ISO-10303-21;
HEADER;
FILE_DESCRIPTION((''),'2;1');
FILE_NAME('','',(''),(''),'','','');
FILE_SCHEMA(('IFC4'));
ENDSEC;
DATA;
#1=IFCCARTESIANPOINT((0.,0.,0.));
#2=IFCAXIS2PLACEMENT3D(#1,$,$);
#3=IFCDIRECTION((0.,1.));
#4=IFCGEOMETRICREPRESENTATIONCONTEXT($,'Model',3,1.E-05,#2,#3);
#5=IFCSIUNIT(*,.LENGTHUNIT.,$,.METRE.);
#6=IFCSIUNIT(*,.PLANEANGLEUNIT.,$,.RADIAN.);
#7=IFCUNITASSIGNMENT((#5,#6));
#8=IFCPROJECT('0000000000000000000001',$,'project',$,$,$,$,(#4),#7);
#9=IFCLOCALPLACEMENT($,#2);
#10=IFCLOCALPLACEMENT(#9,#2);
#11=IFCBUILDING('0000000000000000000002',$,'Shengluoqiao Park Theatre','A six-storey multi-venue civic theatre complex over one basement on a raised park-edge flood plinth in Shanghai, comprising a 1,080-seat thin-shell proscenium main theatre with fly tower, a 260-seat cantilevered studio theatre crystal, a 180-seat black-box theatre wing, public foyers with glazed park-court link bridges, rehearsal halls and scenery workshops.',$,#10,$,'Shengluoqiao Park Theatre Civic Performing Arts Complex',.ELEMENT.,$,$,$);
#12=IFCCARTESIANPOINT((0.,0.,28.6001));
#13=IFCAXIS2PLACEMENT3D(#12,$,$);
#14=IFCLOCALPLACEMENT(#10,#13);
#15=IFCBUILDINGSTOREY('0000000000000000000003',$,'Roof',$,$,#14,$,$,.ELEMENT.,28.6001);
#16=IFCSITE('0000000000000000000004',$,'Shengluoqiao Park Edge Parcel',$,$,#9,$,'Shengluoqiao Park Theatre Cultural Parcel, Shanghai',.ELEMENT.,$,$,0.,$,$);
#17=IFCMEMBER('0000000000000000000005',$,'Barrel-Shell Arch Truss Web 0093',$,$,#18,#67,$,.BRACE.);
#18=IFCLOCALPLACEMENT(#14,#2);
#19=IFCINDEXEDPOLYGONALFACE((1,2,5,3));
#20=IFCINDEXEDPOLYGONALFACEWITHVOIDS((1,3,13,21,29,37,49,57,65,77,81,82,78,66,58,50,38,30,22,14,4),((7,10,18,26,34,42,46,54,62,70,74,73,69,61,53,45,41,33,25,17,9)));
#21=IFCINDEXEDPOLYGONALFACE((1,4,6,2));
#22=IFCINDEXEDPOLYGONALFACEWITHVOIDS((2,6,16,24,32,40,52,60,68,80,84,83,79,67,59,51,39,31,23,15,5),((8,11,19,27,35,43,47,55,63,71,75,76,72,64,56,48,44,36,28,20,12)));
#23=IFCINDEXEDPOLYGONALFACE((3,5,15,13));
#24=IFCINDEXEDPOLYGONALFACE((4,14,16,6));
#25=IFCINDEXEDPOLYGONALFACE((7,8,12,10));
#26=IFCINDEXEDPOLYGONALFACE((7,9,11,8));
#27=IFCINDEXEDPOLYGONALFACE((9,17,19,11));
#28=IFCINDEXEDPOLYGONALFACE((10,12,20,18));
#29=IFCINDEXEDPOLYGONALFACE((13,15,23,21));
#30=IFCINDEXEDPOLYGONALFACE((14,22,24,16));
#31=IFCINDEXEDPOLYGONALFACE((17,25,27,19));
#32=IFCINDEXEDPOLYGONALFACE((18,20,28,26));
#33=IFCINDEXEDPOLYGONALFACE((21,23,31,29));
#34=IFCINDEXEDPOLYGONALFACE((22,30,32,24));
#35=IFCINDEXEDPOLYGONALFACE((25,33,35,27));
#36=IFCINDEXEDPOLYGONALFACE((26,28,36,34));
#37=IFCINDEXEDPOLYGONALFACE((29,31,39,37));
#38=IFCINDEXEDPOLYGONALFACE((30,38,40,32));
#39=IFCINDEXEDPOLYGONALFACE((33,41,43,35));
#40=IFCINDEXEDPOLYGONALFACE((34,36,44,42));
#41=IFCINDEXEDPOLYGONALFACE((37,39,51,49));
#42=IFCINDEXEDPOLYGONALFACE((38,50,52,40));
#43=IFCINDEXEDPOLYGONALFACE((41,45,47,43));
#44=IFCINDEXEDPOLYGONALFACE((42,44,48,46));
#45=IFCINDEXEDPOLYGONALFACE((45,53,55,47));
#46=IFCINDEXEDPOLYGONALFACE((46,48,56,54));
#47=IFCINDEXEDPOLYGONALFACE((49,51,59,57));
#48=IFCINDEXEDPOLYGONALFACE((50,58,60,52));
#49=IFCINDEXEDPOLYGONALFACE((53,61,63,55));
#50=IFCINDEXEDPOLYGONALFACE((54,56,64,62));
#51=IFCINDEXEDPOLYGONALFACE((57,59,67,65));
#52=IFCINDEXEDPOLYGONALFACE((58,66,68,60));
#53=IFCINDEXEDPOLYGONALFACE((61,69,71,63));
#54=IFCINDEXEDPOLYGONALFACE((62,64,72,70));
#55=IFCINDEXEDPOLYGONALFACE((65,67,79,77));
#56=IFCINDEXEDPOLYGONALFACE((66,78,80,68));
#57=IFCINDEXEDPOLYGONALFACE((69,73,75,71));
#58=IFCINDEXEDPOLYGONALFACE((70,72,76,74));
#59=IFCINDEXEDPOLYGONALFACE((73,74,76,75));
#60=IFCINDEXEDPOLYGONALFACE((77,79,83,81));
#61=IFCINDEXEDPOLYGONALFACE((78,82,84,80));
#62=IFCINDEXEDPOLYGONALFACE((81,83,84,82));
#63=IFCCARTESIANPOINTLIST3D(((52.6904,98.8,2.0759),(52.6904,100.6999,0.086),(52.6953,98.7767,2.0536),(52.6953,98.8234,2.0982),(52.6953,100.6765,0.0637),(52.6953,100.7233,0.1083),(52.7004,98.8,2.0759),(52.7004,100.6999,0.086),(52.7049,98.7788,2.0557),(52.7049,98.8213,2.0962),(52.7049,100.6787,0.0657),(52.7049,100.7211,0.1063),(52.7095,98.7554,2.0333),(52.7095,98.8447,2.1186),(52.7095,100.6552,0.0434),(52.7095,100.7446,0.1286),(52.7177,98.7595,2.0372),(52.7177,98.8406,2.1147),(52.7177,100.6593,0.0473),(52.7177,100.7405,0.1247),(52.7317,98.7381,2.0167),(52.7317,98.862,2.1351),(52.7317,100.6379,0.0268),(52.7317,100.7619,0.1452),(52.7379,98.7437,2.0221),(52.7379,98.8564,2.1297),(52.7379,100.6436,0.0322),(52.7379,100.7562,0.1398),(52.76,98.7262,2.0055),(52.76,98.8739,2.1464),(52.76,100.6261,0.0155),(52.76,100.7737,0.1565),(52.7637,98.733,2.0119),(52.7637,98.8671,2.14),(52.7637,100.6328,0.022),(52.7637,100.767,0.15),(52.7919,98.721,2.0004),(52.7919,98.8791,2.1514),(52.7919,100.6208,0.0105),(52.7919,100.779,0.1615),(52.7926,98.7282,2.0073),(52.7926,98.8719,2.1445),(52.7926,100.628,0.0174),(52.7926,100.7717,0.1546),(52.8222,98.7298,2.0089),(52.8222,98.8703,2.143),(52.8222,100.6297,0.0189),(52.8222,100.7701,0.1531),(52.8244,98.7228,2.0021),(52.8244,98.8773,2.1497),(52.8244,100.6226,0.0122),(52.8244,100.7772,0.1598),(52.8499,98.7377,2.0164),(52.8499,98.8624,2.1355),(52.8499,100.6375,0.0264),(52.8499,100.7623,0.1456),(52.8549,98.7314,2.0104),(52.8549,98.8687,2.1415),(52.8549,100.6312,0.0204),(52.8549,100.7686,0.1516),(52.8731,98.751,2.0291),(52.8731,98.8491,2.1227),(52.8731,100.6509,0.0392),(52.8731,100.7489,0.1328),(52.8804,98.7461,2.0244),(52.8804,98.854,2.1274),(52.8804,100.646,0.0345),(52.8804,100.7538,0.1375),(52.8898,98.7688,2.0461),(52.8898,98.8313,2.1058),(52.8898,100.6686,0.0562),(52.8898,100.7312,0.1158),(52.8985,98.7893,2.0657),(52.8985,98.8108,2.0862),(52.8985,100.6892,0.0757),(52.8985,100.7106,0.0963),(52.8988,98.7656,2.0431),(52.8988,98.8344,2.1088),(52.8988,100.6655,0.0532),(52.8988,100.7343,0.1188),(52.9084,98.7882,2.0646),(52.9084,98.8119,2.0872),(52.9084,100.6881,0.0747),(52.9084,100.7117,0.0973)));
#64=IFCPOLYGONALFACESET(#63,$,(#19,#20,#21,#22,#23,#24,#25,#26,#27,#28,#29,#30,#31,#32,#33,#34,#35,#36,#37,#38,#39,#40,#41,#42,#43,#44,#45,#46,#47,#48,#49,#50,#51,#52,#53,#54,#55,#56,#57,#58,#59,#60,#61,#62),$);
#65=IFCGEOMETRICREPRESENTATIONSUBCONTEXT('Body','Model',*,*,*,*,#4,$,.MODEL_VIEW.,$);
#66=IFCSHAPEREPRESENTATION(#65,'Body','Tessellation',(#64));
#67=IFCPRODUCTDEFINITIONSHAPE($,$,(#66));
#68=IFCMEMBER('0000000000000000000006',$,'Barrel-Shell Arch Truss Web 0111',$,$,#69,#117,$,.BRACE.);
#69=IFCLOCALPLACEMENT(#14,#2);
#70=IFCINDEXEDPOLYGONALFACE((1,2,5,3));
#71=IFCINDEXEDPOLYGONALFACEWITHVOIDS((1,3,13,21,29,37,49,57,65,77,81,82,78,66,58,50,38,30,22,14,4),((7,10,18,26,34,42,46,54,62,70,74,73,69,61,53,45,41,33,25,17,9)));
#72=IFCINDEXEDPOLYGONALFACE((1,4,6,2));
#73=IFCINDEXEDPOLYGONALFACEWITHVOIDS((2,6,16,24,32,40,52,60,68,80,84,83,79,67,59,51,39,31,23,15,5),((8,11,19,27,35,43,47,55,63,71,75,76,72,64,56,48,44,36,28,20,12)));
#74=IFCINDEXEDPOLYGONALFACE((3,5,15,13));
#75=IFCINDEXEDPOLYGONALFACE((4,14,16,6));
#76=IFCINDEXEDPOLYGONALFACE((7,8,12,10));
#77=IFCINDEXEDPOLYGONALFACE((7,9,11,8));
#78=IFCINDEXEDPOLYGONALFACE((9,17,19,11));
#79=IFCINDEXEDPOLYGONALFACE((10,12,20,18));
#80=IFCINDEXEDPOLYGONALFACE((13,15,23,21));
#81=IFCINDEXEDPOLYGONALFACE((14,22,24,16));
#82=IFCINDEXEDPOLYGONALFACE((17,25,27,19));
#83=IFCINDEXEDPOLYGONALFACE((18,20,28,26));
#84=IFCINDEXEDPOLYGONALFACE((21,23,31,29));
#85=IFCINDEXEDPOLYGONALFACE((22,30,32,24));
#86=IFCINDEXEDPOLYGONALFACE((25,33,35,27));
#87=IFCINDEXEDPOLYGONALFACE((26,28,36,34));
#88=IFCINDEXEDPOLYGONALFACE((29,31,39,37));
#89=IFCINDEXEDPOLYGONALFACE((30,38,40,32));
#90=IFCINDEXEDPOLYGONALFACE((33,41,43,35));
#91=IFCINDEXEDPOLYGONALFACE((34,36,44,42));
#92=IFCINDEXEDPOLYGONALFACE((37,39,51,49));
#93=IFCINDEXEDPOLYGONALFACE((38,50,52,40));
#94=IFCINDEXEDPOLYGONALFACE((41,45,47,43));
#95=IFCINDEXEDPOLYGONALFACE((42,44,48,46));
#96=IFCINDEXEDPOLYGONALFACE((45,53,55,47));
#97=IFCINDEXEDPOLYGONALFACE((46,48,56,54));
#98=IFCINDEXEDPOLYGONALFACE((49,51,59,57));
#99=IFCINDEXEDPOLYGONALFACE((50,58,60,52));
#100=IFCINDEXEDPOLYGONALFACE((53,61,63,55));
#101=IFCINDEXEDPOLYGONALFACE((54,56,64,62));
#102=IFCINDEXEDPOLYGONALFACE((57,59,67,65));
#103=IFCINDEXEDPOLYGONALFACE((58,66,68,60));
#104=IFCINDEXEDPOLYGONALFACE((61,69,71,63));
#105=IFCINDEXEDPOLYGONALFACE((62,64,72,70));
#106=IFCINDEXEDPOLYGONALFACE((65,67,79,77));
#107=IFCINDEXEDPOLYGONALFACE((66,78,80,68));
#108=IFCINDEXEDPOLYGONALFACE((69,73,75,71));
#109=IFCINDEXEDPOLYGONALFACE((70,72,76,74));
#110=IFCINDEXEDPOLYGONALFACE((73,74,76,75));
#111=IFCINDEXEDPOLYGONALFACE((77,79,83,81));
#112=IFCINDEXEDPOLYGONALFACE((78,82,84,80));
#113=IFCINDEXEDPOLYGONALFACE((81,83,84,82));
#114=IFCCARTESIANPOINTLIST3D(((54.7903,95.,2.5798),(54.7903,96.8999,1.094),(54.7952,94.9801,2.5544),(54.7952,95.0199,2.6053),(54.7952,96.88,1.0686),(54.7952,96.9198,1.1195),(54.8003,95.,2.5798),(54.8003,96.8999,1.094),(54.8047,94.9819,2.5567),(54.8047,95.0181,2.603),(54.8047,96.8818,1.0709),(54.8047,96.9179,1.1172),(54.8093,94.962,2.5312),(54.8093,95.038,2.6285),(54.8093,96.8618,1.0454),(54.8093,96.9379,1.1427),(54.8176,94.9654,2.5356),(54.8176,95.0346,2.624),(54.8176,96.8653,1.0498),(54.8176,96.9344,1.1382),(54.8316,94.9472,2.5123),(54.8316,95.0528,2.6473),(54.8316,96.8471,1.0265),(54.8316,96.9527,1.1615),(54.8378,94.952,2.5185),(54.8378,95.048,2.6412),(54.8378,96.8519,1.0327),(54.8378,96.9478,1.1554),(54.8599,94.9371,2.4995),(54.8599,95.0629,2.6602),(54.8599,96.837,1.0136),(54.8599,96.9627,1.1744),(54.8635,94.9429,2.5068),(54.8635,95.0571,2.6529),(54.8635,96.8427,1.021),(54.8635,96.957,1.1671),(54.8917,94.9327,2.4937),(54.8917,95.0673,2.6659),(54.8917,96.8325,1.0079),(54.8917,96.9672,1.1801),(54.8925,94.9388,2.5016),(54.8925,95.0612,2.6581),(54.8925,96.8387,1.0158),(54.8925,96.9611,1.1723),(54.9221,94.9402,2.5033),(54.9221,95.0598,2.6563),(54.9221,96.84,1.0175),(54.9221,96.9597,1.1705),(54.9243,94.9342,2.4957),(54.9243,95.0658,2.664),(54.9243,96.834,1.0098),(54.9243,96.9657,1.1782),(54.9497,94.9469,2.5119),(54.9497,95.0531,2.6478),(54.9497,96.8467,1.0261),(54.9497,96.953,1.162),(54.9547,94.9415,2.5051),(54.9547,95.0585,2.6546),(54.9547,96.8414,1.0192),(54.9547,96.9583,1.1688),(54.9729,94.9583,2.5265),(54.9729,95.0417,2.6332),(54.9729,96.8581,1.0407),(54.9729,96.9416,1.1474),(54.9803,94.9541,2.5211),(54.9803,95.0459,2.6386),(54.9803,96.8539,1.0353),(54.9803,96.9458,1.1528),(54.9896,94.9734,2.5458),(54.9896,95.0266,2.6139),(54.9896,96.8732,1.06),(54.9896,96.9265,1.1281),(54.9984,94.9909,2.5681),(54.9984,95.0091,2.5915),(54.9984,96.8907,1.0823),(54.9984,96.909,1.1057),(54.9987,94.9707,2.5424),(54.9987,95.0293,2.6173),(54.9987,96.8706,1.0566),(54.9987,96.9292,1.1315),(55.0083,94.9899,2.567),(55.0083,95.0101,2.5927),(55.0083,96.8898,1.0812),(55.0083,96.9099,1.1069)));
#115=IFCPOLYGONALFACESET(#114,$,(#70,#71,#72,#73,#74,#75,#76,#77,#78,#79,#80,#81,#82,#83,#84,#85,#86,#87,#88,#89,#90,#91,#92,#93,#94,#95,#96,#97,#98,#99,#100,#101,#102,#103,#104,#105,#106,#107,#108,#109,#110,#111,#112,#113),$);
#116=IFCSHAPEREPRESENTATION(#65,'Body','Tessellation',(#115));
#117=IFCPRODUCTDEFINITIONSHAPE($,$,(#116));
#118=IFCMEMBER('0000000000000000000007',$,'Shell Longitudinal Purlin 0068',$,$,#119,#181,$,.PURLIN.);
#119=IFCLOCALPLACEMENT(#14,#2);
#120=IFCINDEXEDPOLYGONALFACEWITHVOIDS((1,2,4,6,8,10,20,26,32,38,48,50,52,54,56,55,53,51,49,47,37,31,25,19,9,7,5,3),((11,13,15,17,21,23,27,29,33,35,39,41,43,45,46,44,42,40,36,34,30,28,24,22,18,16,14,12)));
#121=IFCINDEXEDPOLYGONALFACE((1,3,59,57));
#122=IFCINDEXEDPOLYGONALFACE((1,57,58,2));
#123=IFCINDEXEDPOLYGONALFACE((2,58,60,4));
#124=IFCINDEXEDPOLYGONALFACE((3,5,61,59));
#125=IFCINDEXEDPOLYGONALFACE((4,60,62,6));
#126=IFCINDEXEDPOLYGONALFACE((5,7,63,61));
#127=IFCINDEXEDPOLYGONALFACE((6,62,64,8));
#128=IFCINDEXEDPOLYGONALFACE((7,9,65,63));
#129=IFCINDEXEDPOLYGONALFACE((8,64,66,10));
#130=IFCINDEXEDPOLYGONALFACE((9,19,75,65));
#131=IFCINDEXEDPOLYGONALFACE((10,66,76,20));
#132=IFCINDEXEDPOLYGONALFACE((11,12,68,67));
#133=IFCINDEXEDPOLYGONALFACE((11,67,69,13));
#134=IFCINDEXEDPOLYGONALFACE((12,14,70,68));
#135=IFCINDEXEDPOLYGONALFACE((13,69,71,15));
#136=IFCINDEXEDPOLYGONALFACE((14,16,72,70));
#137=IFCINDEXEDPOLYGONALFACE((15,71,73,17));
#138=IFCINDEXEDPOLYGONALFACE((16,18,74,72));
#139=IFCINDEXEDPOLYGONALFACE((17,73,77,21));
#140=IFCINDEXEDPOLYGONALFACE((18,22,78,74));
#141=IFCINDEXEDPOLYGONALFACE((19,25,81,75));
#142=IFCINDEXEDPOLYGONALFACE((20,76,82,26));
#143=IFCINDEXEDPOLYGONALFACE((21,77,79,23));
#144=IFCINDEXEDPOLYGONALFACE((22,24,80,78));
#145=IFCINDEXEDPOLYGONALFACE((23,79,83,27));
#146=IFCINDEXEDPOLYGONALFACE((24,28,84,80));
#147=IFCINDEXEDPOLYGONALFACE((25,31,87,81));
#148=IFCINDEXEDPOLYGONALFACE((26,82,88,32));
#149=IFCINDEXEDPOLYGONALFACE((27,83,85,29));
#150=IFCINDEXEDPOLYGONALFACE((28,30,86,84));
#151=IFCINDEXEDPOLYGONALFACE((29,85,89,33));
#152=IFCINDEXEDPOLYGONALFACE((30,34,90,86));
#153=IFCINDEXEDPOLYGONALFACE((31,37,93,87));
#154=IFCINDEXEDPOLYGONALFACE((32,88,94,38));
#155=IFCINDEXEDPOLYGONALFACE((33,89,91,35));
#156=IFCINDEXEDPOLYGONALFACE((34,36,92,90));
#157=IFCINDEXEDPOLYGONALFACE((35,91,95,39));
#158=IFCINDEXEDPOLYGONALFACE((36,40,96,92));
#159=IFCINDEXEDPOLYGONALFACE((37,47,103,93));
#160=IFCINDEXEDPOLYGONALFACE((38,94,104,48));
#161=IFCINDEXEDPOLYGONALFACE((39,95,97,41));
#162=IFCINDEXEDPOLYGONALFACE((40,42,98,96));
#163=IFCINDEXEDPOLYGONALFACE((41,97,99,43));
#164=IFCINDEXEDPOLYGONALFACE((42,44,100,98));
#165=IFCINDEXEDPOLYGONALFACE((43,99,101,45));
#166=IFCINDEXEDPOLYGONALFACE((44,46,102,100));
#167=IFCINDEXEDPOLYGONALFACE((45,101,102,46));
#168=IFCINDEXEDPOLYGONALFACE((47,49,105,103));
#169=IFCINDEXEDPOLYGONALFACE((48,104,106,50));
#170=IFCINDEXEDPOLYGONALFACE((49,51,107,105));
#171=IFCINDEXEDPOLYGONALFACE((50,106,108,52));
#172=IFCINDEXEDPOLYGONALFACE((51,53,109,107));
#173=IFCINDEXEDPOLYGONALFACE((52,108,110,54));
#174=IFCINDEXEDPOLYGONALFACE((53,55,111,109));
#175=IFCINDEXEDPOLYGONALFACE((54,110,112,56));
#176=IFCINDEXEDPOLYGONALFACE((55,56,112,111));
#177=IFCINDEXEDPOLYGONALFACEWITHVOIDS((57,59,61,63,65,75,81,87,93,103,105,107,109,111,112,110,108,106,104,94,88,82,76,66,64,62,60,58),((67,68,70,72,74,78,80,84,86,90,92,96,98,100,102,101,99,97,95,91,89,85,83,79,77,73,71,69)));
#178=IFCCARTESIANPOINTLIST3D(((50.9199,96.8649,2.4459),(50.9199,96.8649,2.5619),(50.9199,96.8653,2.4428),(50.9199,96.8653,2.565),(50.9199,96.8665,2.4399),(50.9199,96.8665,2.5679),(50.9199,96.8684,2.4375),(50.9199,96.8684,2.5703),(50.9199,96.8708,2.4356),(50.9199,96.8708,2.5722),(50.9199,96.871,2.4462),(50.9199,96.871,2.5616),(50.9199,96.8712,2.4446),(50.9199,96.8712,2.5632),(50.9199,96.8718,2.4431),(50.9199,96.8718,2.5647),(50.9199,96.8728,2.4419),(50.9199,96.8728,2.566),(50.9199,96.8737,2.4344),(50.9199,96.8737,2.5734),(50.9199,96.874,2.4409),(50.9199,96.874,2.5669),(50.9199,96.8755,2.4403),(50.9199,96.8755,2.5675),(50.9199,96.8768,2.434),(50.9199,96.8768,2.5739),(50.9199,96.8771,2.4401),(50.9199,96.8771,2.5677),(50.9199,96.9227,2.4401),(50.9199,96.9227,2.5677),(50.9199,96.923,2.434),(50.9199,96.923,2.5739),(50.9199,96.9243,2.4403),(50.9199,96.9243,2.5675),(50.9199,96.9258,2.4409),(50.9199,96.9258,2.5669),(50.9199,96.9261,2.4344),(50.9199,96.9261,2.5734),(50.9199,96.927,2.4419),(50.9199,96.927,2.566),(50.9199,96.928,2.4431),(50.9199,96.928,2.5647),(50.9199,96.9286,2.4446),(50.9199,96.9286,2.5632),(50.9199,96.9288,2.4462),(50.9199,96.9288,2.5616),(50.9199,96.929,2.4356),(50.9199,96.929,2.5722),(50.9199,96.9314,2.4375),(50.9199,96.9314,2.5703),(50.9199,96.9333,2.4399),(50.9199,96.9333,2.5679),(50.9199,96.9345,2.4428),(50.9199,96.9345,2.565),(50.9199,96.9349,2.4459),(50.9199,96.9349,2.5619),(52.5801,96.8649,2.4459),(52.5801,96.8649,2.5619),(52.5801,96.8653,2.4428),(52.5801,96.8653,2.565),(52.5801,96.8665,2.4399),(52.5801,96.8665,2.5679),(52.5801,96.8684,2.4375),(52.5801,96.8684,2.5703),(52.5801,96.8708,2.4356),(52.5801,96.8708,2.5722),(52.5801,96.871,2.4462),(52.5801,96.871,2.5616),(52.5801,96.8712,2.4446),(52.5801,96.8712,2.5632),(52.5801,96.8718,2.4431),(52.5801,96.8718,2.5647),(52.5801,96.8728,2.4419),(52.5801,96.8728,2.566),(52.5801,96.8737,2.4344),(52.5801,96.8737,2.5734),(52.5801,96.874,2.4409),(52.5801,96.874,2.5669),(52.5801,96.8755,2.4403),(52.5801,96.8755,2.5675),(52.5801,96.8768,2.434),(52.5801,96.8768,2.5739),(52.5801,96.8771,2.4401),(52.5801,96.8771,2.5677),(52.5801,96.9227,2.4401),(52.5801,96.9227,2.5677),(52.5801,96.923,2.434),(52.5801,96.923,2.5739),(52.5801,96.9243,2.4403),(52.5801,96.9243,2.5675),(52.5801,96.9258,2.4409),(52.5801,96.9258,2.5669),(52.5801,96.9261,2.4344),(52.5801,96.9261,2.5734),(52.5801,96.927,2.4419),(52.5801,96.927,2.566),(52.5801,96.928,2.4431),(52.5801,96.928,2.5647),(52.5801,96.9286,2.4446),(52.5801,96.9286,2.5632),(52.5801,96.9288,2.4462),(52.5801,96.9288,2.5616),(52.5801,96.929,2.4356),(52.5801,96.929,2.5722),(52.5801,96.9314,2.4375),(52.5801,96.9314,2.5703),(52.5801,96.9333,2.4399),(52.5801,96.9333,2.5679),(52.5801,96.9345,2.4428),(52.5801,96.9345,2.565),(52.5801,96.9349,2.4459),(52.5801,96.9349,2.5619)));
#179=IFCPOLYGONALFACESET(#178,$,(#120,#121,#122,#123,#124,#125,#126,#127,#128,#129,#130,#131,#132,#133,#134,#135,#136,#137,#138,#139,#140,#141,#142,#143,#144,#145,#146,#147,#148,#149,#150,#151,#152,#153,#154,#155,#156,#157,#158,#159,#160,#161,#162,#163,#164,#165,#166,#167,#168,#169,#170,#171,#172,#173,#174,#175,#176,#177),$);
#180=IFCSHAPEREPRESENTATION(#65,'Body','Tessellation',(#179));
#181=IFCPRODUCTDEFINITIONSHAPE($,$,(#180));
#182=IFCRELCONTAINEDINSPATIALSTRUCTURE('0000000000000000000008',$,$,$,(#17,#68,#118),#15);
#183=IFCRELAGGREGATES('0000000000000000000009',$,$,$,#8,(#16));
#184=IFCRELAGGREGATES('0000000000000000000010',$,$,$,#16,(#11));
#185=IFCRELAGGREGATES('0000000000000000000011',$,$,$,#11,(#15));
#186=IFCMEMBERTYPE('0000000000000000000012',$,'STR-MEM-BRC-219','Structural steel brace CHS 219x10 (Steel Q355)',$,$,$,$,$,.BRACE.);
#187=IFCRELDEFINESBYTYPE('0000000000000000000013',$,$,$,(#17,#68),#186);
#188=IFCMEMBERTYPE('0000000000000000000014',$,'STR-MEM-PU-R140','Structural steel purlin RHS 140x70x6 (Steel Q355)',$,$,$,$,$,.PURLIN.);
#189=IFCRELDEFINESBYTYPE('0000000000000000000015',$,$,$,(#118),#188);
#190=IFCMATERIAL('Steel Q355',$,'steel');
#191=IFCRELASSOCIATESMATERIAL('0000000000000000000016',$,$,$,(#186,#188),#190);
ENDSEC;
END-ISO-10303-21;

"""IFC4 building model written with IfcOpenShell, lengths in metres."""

from ifc_helpers import new_model, si_unit, direction, frame, origin, origin_2d, place, context, subcontext, project, spatial, hollow_rectangle, hollow_circle, extrude, material, material_profile, profile_set, type_object, element, save


model = new_model("IFC4")

# Units and contexts
model_context = context("Model", 3, precision=1e-05, world=origin(), true_north=direction((0.0, 1.0)))
body_context = subcontext(model_context, "Body", "Model", "MODEL_VIEW")
ifc_project = project(units=[si_unit("LENGTHUNIT", "METRE"), si_unit("PLANEANGLEUNIT", "RADIAN")], contexts=[model_context])

# Site, building, storey
site_placement = place(None, origin())
site = spatial("IfcSite", under=ifc_project, at=site_placement, Name="Shengluoqiao Park Edge Parcel", LongName="Shengluoqiao Park Theatre Cultural Parcel, Shanghai", CompositionType="ELEMENT", RefElevation=0.0)
building_placement = place(site_placement, origin())
building = spatial("IfcBuilding", under=site, at=building_placement, Name="Shengluoqiao Park Theatre", Description="A six-storey multi-venue civic theatre complex over one basement on a raised park-edge flood plinth in Shanghai, comprising a 1,080-seat thin-shell proscenium main theatre with fly tower, a 260-seat cantilevered studio theatre crystal, a 180-seat black-box theatre wing, public foyers with glazed park-court link bridges, rehearsal halls and scenery workshops.", LongName="Shengluoqiao Park Theatre Civic Performing Arts Complex", CompositionType="ELEMENT")
storey_placement = place(building_placement, frame((0.0, 0.0, 28.6001)))
storey = spatial("IfcBuildingStorey", under=building, at=storey_placement, Name="Roof", CompositionType="ELEMENT", Elevation=28.6001)

# Shared definitions
ifc_material_1 = material(Name="Steel Q355", Category="steel")

# Members
ifc_material_profile_1 = material_profile(ifc_material_1, hollow_circle(Radius=0.1096, WallThickness=0.01, at=origin_2d()), Name="CHS 219x10")
ifc_profile_set_1 = profile_set([ifc_material_profile_1], Name="Steel Q355")
member_type_1 = type_object("IfcMemberType", Name="STR-MEM-BRC-219", Description="Structural steel brace CHS 219x10 (Steel Q355)", PredefinedType="BRACE", material=ifc_profile_set_1)
member_1_placement = place(storey_placement, frame((52.8, 98.8, 2.0759), z_axis=(0.0, 0.690545, -0.723289), x_axis=(-1.0, 0.0, 0.0)))
element("IfcMember", 1, at=member_1_placement, inside=storey, type_object=member_type_1, Name="Barrel-Shell Arch Truss Web 0093", PredefinedType="BRACE", context=body_context, shape_type="SweptSolid", body=[
    extrude(hollow_circle(Radius=0.1096, WallThickness=0.01, at=origin_2d()), origin(), (0.0, 0.0, 1.0), 2.7512),
])
member_2_placement = place(storey_placement, frame((54.8999, 95.0, 2.5798), z_axis=(0.0, 0.787714, -0.616041), x_axis=(-1.0, 0.0, 0.0)))
element("IfcMember", 2, at=member_2_placement, inside=storey, type_object=member_type_1, Name="Barrel-Shell Arch Truss Web 0111", PredefinedType="BRACE", context=body_context, shape_type="SweptSolid", body=[
    extrude(hollow_circle(Radius=0.1096, WallThickness=0.01, at=origin_2d()), origin(), (0.0, 0.0, 1.0), 2.4119),
])
ifc_material_profile_2 = material_profile(ifc_material_1, hollow_rectangle(XDim=0.0701, YDim=0.1399, WallThickness=0.0061, InnerFilletRadius=0.0061, OuterFilletRadius=0.012, at=origin_2d()), Name="RHS 140x70x6")
ifc_profile_set_2 = profile_set([ifc_material_profile_2], Name="Steel Q355")
member_type_2 = type_object("IfcMemberType", Name="STR-MEM-PU-R140", Description="Structural steel purlin RHS 140x70x6 (Steel Q355)", PredefinedType="PURLIN", material=ifc_profile_set_2)
member_3_placement = place(storey_placement, frame((50.9199, 96.8999, 2.5039), z_axis=(1.0, 0.0, 0.0), x_axis=(0.0, 1.0, 0.0)))
element("IfcMember", 3, at=member_3_placement, inside=storey, type_object=member_type_2, Name="Shell Longitudinal Purlin 0068", PredefinedType="PURLIN", context=body_context, shape_type="SweptSolid", body=[
    extrude(hollow_rectangle(XDim=0.0701, YDim=0.1399, WallThickness=0.0061, InnerFilletRadius=0.0061, OuterFilletRadius=0.012, at=origin_2d()), origin(), (0.0, 0.0, 1.0), 1.6602),
])

save(model, "model.ifc")
